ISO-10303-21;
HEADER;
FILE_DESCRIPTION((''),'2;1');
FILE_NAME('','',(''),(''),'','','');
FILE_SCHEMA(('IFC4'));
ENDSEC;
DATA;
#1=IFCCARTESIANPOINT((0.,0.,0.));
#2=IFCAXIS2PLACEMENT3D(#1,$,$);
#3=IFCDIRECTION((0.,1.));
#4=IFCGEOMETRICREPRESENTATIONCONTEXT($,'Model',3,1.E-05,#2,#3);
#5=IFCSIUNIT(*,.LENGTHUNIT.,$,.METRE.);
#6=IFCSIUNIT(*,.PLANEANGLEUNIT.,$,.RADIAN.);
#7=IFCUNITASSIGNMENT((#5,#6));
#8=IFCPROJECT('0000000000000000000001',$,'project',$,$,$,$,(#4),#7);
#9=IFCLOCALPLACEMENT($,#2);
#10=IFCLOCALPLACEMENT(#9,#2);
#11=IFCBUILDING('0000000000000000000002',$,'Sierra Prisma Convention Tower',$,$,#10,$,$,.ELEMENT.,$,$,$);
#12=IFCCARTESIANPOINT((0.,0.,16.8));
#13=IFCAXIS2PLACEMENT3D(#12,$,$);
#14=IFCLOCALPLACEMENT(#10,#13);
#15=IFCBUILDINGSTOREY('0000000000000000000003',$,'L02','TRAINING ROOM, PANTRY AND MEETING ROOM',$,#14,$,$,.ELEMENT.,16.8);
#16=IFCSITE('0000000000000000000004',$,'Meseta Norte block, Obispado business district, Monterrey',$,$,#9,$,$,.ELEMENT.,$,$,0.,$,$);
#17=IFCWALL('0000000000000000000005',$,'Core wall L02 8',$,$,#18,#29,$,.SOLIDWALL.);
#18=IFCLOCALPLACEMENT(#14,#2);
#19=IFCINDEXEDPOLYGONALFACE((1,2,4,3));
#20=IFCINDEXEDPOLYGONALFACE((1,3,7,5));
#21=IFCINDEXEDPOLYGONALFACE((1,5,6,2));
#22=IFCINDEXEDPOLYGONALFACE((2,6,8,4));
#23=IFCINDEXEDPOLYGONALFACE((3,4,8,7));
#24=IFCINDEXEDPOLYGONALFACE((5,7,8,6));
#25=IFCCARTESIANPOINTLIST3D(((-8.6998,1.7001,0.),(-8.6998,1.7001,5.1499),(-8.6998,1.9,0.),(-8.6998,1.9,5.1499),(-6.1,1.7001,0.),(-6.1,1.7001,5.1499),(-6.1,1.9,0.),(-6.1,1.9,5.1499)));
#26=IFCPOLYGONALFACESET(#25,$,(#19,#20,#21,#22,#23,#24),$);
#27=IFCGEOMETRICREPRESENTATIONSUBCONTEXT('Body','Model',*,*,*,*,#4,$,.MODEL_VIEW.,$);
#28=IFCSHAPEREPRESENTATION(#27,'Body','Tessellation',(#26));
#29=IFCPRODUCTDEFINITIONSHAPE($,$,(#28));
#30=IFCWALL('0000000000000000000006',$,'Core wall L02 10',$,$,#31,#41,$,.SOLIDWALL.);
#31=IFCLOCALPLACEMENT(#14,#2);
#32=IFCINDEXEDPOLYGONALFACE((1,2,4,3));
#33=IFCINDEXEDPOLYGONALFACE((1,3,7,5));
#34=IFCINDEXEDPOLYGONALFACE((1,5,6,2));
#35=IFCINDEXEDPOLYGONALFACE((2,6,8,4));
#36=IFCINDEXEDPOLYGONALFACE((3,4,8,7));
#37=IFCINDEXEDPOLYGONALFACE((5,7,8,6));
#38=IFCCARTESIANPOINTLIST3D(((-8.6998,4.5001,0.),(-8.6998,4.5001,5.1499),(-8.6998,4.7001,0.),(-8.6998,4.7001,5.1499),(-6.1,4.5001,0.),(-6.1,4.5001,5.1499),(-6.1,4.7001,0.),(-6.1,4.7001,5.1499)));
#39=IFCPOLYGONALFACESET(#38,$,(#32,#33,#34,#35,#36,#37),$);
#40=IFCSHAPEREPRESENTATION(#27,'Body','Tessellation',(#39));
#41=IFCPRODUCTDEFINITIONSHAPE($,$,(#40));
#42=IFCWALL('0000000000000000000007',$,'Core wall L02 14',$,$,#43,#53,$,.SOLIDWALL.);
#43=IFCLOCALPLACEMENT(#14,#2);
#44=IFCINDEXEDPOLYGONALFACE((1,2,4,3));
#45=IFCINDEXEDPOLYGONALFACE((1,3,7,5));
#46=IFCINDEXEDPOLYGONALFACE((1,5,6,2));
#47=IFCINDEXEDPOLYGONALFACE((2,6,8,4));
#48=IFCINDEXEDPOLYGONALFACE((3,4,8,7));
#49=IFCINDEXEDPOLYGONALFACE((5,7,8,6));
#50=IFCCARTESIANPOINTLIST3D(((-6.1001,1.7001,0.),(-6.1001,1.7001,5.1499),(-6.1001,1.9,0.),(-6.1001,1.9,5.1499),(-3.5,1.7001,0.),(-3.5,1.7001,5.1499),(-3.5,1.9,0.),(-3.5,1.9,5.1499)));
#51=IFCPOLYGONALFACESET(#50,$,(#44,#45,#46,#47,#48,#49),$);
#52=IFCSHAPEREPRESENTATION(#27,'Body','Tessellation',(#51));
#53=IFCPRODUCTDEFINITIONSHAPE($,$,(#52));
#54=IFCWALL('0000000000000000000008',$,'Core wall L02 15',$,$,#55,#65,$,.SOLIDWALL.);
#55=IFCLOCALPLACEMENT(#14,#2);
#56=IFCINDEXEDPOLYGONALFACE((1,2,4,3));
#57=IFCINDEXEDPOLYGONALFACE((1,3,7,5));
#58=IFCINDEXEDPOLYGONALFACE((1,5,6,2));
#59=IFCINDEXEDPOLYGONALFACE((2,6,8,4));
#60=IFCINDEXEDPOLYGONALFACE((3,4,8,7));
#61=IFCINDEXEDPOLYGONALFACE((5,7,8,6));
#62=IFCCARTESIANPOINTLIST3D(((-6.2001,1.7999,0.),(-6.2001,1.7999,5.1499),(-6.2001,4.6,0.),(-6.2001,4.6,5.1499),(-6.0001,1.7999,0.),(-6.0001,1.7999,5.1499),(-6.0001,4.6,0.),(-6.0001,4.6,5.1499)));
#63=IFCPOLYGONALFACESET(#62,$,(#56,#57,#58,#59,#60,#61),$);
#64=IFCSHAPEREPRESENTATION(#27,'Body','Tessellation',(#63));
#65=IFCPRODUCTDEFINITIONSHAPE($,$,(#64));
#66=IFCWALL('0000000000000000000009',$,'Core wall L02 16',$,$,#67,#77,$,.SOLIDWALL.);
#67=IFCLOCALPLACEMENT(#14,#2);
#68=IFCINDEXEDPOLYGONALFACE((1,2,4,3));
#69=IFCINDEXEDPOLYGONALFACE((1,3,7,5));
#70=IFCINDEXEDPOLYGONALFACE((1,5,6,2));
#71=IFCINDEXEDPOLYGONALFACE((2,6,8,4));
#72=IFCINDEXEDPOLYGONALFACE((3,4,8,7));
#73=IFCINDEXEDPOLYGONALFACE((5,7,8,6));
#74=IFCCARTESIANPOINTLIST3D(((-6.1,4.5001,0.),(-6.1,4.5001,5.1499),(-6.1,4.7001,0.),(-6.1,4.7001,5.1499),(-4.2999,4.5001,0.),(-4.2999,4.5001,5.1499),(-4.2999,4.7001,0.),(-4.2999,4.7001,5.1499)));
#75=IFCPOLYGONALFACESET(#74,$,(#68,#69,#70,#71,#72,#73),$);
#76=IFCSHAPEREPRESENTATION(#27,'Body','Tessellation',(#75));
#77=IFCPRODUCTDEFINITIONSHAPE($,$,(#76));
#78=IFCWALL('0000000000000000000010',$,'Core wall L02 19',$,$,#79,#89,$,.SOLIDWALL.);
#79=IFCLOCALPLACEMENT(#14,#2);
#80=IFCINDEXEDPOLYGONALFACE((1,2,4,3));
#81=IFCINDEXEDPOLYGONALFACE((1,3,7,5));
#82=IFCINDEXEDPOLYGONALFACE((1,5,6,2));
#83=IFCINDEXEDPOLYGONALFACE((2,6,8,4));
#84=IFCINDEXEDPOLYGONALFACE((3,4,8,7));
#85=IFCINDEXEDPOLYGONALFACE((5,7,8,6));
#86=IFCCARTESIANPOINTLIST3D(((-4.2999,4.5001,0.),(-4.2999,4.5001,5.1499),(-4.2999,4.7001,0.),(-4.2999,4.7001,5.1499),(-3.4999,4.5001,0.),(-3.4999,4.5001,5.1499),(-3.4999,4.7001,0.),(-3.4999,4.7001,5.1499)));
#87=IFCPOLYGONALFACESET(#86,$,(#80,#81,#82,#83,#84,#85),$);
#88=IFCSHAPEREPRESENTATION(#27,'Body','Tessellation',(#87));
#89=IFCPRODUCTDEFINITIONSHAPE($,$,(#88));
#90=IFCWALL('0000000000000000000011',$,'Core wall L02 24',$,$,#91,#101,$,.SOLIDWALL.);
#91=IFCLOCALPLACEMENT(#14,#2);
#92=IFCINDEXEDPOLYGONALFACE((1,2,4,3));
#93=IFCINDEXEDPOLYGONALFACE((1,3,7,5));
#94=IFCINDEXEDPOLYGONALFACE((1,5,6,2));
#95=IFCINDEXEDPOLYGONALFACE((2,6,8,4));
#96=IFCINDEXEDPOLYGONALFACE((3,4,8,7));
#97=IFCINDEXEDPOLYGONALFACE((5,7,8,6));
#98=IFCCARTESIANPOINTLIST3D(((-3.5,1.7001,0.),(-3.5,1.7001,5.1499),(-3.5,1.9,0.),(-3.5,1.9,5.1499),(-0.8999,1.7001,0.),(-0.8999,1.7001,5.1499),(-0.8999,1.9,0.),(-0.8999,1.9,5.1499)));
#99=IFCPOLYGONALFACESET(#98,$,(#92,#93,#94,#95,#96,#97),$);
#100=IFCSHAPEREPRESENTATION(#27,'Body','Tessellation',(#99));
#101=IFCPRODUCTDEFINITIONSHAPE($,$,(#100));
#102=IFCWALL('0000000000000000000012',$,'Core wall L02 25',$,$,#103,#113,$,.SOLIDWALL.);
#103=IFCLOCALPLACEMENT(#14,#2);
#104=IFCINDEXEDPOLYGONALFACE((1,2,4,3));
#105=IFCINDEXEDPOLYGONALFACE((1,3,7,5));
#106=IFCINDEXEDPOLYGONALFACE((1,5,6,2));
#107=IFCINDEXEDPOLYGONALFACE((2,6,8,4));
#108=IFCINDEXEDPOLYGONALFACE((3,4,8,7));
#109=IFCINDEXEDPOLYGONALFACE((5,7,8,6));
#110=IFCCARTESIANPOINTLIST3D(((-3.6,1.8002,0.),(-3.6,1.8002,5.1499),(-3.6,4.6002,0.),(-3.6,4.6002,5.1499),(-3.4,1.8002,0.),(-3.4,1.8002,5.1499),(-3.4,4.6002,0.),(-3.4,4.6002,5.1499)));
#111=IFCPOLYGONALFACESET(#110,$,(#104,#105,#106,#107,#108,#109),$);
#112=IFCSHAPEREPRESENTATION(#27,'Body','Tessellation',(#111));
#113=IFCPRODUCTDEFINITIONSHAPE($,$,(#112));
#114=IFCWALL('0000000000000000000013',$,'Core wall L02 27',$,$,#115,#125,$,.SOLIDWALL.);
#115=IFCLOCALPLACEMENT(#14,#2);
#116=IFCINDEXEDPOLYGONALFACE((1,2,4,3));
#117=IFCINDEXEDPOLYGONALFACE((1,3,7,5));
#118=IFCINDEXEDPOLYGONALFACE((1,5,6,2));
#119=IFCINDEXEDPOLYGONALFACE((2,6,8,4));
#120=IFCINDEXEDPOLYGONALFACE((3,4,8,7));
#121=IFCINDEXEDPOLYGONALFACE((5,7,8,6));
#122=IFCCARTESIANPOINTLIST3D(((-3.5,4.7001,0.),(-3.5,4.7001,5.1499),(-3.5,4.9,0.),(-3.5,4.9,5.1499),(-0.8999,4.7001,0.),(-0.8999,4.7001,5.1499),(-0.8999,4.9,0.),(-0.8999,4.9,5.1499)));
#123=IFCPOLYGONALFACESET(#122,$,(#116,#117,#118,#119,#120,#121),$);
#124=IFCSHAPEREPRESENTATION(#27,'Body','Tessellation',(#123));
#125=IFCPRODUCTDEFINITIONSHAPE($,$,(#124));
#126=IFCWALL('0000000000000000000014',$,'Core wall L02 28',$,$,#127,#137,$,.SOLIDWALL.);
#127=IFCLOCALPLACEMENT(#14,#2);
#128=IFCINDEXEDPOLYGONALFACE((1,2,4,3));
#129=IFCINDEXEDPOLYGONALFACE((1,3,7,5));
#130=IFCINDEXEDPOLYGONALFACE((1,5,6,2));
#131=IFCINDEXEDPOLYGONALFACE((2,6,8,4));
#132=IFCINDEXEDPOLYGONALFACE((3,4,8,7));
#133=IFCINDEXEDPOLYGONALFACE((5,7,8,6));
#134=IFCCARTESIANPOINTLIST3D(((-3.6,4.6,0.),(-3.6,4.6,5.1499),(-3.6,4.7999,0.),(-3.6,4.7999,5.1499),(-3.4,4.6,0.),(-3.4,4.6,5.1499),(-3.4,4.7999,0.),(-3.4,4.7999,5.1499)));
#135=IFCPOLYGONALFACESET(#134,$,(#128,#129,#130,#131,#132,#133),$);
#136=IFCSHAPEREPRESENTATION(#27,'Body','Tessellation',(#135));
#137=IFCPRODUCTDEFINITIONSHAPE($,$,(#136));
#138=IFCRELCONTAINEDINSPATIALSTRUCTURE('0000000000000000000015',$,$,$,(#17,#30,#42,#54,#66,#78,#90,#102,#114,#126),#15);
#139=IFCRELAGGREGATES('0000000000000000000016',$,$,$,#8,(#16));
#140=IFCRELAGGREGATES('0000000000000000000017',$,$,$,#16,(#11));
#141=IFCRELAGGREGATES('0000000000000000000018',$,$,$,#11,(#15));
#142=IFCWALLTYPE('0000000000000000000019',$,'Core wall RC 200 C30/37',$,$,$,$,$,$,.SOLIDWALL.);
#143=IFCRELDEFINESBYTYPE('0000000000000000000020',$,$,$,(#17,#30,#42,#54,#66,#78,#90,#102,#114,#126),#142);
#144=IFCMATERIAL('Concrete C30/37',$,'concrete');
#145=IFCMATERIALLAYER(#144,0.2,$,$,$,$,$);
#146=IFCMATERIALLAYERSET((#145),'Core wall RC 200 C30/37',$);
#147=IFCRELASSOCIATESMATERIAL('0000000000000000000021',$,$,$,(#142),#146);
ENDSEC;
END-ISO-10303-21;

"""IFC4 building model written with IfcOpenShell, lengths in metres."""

from ifc_helpers import new_model, si_unit, direction, frame, frame_2d, origin, place, context, subcontext, project, spatial, rectangle, extrude, material, layer, layer_set, type_object, element, save


model = new_model("IFC4")

# Units and contexts
model_context = context("Model", 3, precision=1e-05, world=origin(), true_north=direction((0.0, 1.0)))
body_context = subcontext(model_context, "Body", "Model", "MODEL_VIEW")
ifc_project = project(units=[si_unit("LENGTHUNIT", "METRE"), si_unit("PLANEANGLEUNIT", "RADIAN")], contexts=[model_context])

# Site, building, storey
site_placement = place(None, origin())
site = spatial("IfcSite", under=ifc_project, at=site_placement, Name="Meseta Norte block, Obispado business district, Monterrey", CompositionType="ELEMENT", RefElevation=0.0)
building_placement = place(site_placement, origin())
building = spatial("IfcBuilding", under=site, at=building_placement, Name="Sierra Prisma Convention Tower", CompositionType="ELEMENT")
storey_placement = place(building_placement, frame((0.0, 0.0, 16.8)))
storey = spatial("IfcBuildingStorey", under=building, at=storey_placement, Name="L02", Description="TRAINING ROOM, PANTRY AND MEETING ROOM", CompositionType="ELEMENT", Elevation=16.8)

# Walls
ifc_material_1 = material(Name="Concrete C30/37", Category="concrete")
ifc_layer_1 = layer(ifc_material_1, 0.2)
ifc_layer_set_1 = layer_set([ifc_layer_1], Name="Core wall RC 200 C30/37")
wall_type = type_object("IfcWallType", Name="Core wall RC 200 C30/37", PredefinedType="SOLIDWALL", material=ifc_layer_set_1)
for number, where, z_axis, x_axis, name in (
    (1, (-6.1001, 1.8, 0.0), (0.0, 0.0, 1.0), (-1.0, 0.0, 0.0), "Core wall L02 8"),
    (2, (-6.1001, 4.6001, 0.0), (0.0, 0.0, 1.0), (-1.0, 0.0, 0.0), "Core wall L02 10"),
):
    element("IfcWall", number, at=place(storey_placement, frame(where, z_axis=z_axis, x_axis=x_axis)), inside=storey, type_object=wall_type, Name=name, PredefinedType="SOLIDWALL", context=body_context, shape_type="SweptSolid", body=[
        extrude(rectangle(XDim=2.5999, YDim=0.2, at=frame_2d((1.2998, 0.0))), origin(), (0.0, 0.0, 1.0), 5.1499),
    ])

# Walls
wall_1_placement = place(storey_placement, frame((-3.5, 1.8, 0.0), z_axis=(0.0, 0.0, 1.0), x_axis=(-1.0, 0.0, 0.0)))
element("IfcWall", 3, at=wall_1_placement, inside=storey, type_object=wall_type, Name="Core wall L02 14", PredefinedType="SOLIDWALL", context=body_context, shape_type="SweptSolid", body=[
    extrude(rectangle(XDim=2.6001, YDim=0.2, at=frame_2d((1.3, 0.0))), origin(), (0.0, 0.0, 1.0), 5.1499),
])
wall_2_placement = place(storey_placement, frame((-6.1001, 1.8, 0.0), z_axis=(0.0, 0.0, 1.0), x_axis=(0.0, 1.0, 0.0)))
element("IfcWall", 4, at=wall_2_placement, inside=storey, type_object=wall_type, Name="Core wall L02 15", PredefinedType="SOLIDWALL", context=body_context, shape_type="SweptSolid", body=[
    extrude(rectangle(XDim=2.8, YDim=0.2, at=frame_2d((1.3999, 0.0))), origin(), (0.0, 0.0, 1.0), 5.1499),
])
wall_3_placement = place(storey_placement, frame((-4.3, 4.6001, 0.0), z_axis=(0.0, 0.0, 1.0), x_axis=(-1.0, 0.0, 0.0)))
element("IfcWall", 5, at=wall_3_placement, inside=storey, type_object=wall_type, Name="Core wall L02 16", PredefinedType="SOLIDWALL", context=body_context, shape_type="SweptSolid", body=[
    extrude(rectangle(XDim=1.8, YDim=0.2, at=frame_2d((0.8999, 0.0))), origin(), (0.0, 0.0, 1.0), 5.1499),
])
wall_4_placement = place(storey_placement, frame((-3.5, 4.6001, 0.0), z_axis=(0.0, 0.0, 1.0), x_axis=(-1.0, 0.0, 0.0)))
element("IfcWall", 6, at=wall_4_placement, inside=storey, type_object=wall_type, Name="Core wall L02 19", PredefinedType="SOLIDWALL", context=body_context, shape_type="SweptSolid", body=[
    extrude(rectangle(XDim=0.8, YDim=0.2, at=frame_2d((0.3999, 0.0))), origin(), (0.0, 0.0, 1.0), 5.1499),
])

# Walls
wall_5_placement = place(storey_placement, frame((-0.8999, 1.8, 0.0), z_axis=(0.0, 0.0, 1.0), x_axis=(-1.0, 0.0, 0.0)))
element("IfcWall", 7, at=wall_5_placement, inside=storey, type_object=wall_type, Name="Core wall L02 24", PredefinedType="SOLIDWALL", context=body_context, shape_type="SweptSolid", body=[
    extrude(rectangle(XDim=2.6001, YDim=0.2, at=frame_2d((1.3, 0.0))), origin(), (0.0, 0.0, 1.0), 5.1499),
])
wall_6_placement = place(storey_placement, frame((-3.5, 4.6001, 0.0), z_axis=(0.0, 0.0, 1.0), x_axis=(0.0, -1.0, 0.0)))
element("IfcWall", 8, at=wall_6_placement, inside=storey, type_object=wall_type, Name="Core wall L02 25", PredefinedType="SOLIDWALL", context=body_context, shape_type="SweptSolid", body=[
    extrude(rectangle(XDim=2.8, YDim=0.2, at=frame_2d((1.3999, 0.0))), origin(), (0.0, 0.0, 1.0), 5.1499),
])

# Walls
wall_7_placement = place(storey_placement, frame((-0.8999, 4.8, 0.0), z_axis=(0.0, 0.0, 1.0), x_axis=(-1.0, 0.0, 0.0)))
element("IfcWall", 9, at=wall_7_placement, inside=storey, type_object=wall_type, Name="Core wall L02 27", PredefinedType="SOLIDWALL", context=body_context, shape_type="SweptSolid", body=[
    extrude(rectangle(XDim=2.6001, YDim=0.2, at=frame_2d((1.3, 0.0))), origin(), (0.0, 0.0, 1.0), 5.1499),
])
wall_8_placement = place(storey_placement, frame((-3.5, 4.8, 0.0), z_axis=(0.0, 0.0, 1.0), x_axis=(0.0, -1.0, 0.0)))
element("IfcWall", 10, at=wall_8_placement, inside=storey, type_object=wall_type, Name="Core wall L02 28", PredefinedType="SOLIDWALL", context=body_context, shape_type="SweptSolid", body=[
    extrude(rectangle(XDim=0.2, YDim=0.2, at=frame_2d((0.1001, 0.0))), origin(), (0.0, 0.0, 1.0), 5.1499),
])

save(model, "model.ifc")
